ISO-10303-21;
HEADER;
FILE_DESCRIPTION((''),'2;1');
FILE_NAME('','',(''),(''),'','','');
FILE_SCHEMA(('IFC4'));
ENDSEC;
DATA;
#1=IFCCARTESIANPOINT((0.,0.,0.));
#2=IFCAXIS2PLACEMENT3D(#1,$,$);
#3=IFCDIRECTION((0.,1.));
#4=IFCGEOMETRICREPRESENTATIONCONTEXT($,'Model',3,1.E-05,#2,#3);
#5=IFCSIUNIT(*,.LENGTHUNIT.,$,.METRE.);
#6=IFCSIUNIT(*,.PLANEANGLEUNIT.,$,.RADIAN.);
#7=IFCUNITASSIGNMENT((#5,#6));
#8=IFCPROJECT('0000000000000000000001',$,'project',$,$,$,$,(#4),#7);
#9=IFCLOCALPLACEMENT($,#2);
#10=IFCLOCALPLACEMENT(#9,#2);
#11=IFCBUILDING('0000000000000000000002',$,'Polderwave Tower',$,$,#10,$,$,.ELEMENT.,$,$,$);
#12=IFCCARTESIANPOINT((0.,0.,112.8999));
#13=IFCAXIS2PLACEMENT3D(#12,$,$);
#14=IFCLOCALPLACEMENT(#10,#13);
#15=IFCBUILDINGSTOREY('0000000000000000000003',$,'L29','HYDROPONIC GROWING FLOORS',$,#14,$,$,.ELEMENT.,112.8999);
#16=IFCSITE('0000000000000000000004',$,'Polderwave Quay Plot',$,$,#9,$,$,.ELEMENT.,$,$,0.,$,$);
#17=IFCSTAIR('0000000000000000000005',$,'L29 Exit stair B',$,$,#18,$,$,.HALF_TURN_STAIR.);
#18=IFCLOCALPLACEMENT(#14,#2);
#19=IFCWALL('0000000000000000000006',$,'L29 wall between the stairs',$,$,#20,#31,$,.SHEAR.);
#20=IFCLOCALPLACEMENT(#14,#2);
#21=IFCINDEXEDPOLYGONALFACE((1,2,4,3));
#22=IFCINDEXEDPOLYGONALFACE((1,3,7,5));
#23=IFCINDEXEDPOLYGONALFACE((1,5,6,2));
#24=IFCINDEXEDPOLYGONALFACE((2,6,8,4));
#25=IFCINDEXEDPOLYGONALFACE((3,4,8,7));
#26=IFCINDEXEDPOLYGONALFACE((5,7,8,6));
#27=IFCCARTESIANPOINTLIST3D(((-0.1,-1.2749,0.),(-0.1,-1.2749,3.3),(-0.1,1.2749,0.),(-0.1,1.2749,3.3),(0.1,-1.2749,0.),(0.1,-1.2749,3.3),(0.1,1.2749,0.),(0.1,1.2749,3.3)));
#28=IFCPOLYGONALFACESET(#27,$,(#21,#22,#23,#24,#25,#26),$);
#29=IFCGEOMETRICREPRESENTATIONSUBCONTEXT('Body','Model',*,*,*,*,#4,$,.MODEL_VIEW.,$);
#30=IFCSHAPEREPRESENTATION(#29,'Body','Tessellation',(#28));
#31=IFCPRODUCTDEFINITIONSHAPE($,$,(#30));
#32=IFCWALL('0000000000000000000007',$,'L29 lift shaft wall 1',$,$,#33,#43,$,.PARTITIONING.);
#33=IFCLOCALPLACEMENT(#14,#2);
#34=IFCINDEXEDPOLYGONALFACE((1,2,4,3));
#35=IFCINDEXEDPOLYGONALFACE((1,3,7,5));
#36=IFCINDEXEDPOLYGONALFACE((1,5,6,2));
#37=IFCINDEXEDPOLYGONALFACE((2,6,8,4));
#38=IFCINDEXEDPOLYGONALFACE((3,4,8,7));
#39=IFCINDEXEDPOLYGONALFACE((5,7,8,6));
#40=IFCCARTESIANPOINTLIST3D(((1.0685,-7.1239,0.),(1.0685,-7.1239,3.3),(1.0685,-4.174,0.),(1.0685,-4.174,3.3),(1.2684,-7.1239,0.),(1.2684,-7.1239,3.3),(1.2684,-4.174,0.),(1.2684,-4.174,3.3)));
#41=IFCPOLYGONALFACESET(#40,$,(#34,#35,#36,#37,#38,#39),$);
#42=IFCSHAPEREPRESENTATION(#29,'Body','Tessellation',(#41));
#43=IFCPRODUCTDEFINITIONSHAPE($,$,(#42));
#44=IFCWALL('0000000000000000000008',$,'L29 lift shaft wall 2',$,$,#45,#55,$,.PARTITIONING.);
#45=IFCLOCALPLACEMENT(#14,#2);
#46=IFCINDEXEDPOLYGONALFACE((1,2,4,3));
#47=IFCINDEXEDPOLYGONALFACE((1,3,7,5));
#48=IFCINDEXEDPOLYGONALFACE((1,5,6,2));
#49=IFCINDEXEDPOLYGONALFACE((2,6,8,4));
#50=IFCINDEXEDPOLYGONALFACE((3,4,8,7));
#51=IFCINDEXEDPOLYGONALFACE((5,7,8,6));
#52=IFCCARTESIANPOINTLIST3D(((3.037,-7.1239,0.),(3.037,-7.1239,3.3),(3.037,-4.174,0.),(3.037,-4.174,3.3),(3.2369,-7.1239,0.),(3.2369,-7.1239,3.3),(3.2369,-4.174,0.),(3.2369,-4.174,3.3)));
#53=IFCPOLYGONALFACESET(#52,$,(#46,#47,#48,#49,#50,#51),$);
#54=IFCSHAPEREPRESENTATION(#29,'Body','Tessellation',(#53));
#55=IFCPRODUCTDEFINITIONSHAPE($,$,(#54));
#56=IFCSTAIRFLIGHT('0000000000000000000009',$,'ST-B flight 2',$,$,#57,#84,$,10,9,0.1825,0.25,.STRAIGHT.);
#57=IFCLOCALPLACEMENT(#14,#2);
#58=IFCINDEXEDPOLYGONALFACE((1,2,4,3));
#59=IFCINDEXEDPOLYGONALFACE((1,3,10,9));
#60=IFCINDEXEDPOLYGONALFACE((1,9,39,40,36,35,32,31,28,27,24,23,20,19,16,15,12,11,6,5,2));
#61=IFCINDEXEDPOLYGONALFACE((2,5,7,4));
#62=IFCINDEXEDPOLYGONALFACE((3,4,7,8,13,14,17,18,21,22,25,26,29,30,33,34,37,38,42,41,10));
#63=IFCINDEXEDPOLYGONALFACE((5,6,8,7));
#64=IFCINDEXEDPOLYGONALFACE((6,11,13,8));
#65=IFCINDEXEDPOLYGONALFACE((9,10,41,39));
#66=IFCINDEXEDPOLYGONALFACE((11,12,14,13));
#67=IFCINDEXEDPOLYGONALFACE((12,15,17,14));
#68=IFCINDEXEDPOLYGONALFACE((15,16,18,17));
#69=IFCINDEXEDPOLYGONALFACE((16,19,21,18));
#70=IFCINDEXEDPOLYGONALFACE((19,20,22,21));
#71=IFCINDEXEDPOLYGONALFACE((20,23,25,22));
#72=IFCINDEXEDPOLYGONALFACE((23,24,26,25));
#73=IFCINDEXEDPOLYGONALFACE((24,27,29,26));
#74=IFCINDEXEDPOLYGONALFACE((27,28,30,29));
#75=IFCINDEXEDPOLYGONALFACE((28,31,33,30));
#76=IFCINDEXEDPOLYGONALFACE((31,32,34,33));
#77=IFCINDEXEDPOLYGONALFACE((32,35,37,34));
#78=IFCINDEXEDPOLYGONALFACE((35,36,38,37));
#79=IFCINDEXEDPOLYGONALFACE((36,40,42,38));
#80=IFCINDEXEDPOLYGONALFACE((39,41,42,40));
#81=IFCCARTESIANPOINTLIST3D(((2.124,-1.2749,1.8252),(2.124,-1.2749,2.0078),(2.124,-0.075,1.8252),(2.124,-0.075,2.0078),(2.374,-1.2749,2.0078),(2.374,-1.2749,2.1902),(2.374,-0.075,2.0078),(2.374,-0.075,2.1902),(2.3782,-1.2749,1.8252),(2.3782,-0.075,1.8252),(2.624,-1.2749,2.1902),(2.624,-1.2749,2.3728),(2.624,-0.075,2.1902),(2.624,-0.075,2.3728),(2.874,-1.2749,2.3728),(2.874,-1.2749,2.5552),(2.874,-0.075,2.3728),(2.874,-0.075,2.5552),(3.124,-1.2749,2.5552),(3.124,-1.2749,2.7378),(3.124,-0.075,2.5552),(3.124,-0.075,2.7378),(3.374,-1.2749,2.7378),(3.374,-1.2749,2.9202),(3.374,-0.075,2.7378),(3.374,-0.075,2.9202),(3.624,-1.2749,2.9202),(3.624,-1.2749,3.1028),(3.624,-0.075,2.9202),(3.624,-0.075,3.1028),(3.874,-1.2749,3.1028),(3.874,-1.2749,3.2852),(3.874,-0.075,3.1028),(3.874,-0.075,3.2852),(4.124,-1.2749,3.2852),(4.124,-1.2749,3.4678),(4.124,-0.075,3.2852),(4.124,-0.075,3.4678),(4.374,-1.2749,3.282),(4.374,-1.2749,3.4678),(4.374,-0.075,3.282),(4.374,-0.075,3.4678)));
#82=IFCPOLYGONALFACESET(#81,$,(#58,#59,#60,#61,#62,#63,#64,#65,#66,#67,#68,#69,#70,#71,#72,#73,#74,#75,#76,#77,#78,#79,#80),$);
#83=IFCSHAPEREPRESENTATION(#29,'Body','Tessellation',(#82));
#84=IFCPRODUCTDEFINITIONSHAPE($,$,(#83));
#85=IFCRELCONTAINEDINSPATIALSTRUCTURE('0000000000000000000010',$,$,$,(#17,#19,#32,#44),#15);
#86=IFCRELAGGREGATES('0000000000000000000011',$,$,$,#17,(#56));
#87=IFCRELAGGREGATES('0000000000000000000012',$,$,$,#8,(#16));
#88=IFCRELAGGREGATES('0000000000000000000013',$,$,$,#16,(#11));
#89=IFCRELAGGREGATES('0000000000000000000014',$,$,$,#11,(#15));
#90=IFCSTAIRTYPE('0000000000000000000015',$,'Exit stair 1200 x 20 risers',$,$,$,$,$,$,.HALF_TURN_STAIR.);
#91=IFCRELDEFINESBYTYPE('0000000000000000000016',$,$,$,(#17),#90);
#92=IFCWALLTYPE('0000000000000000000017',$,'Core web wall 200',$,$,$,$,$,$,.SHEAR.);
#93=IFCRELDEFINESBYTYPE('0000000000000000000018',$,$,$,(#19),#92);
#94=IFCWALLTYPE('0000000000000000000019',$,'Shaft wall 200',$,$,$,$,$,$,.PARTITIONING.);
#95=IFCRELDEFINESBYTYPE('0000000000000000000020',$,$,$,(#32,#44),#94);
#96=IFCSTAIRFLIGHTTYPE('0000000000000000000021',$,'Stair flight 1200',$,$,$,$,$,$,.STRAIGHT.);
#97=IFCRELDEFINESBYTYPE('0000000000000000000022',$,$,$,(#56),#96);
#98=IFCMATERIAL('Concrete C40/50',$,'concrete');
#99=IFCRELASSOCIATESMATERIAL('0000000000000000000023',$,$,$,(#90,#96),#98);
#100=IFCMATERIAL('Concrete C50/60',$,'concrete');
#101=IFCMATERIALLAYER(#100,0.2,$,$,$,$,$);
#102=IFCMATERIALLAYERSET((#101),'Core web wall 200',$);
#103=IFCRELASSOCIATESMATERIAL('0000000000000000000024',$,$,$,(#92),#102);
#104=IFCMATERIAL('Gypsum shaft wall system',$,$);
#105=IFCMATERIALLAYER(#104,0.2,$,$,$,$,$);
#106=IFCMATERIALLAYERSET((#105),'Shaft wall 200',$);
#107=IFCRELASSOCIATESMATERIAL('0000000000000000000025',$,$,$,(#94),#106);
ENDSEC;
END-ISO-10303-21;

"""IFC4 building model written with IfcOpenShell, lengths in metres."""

from ifc_helpers import new_model, si_unit, direction, frame, frame_2d, origin, place, context, subcontext, project, spatial, polyline, rectangle, outline, extrude, material, layer, layer_set, type_object, element, aggregate, save


model = new_model("IFC4")

# Units and contexts
model_context = context("Model", 3, precision=1e-05, world=origin(), true_north=direction((0.0, 1.0)))
body_context = subcontext(model_context, "Body", "Model", "MODEL_VIEW")
ifc_project = project(units=[si_unit("LENGTHUNIT", "METRE"), si_unit("PLANEANGLEUNIT", "RADIAN")], contexts=[model_context])

# Site, building, storey
site_placement = place(None, origin())
site = spatial("IfcSite", under=ifc_project, at=site_placement, Name="Polderwave Quay Plot", CompositionType="ELEMENT", RefElevation=0.0)
building_placement = place(site_placement, origin())
building = spatial("IfcBuilding", under=site, at=building_placement, Name="Polderwave Tower", CompositionType="ELEMENT")
storey_placement = place(building_placement, frame((0.0, 0.0, 112.8999)))
storey = spatial("IfcBuildingStorey", under=building, at=storey_placement, Name="L29", Description="HYDROPONIC GROWING FLOORS", CompositionType="ELEMENT", Elevation=112.8999)

# Shared definitions
ifc_material_1 = material(Name="Concrete C40/50", Category="concrete")

# Stair
stair_type = type_object("IfcStairType", Name="Exit stair 1200 x 20 risers", PredefinedType="HALF_TURN_STAIR", material=ifc_material_1)
stair_1_placement = place(storey_placement, origin())
stair_1 = element("IfcStair", 1, at=stair_1_placement, inside=storey, type_object=stair_type, Name="L29 Exit stair B", PredefinedType="HALF_TURN_STAIR")

# Walls
ifc_material_2 = material(Name="Concrete C50/60", Category="concrete")
ifc_layer_1 = layer(ifc_material_2, 0.2)
ifc_layer_set_1 = layer_set([ifc_layer_1], Name="Core web wall 200")
wall_type_1 = type_object("IfcWallType", Name="Core web wall 200", PredefinedType="SHEAR", material=ifc_layer_set_1)
wall_1_placement = place(storey_placement, frame((0.0, -1.2749, 0.0), z_axis=(0.0, 0.0, 1.0), x_axis=(0.0, 1.0, 0.0)))
element("IfcWall", 2, at=wall_1_placement, inside=storey, type_object=wall_type_1, Name="L29 wall between the stairs", PredefinedType="SHEAR", context=body_context, shape_type="SweptSolid", body=[
    extrude(rectangle(XDim=2.5498, YDim=0.2, at=frame_2d((1.2749, 0.0))), origin(), (0.0, 0.0, 1.0), 3.3),
])
ifc_material_3 = material(Name="Gypsum shaft wall system")
ifc_layer_2 = layer(ifc_material_3, 0.2)
ifc_layer_set_2 = layer_set([ifc_layer_2], Name="Shaft wall 200")
wall_type_2 = type_object("IfcWallType", Name="Shaft wall 200", PredefinedType="PARTITIONING", material=ifc_layer_set_2)
for number, where, z_axis, x_axis, name in (
    (3, (1.1685, -7.124, 0.0), (0.0, 0.0, 1.0), (0.0, 1.0, 0.0), "L29 lift shaft wall 1"),
    (4, (3.137, -7.124, 0.0), (0.0, 0.0, 1.0), (0.0, 1.0, 0.0), "L29 lift shaft wall 2"),
):
    element("IfcWall", number, at=place(storey_placement, frame(where, z_axis=z_axis, x_axis=x_axis)), inside=storey, type_object=wall_type_2, Name=name, PredefinedType="PARTITIONING", context=body_context, shape_type="SweptSolid", body=[
        extrude(rectangle(XDim=2.95, YDim=0.2, at=frame_2d((1.4751, 0.0))), origin(), (0.0, 0.0, 1.0), 3.3),
    ])

# Stair flight
stair_flight_type = type_object("IfcStairFlightType", Name="Stair flight 1200", PredefinedType="STRAIGHT", material=ifc_material_1)
stair_flight_placement = place(storey_placement, frame((2.124, -0.675, 1.8252), z_axis=(0.0, 0.0, 1.0), x_axis=(1.0, 0.0, 0.0)))
stair_flight = element("IfcStairFlight", 5, at=stair_flight_placement, type_object=stair_flight_type, Name="ST-B flight 2", NumberOfRisers=10, NumberOfTreads=9, PredefinedType="STRAIGHT", RiserHeight=0.1825, TreadLength=0.25, context=body_context, shape_type="SweptSolid", body=[
    extrude(outline(polyline([(0.0, 0.0), (0.0, 0.1826), (0.25, 0.1826), (0.25, 0.365), (0.5, 0.365), (0.5, 0.5476), (0.75, 0.5476), (0.75, 0.73), (1.0, 0.73), (1.0, 0.9126), (1.25, 0.9126), (1.25, 1.095), (1.5, 1.095), (1.5, 1.2776), (1.75, 1.2776), (1.75, 1.46), (2.0, 1.46), (2.0, 1.6426), (2.25, 1.6426), (2.25, 1.825), (2.25, 1.4568), (0.2542, 0.0), (0.0, 0.0)])), frame((0.0, 0.6001, 0.0), z_axis=(0.0, -1.0, 0.0), x_axis=(1.0, 0.0, 0.0)), (0.0, 0.0, 1.0), 1.2),
])
aggregate(stair_1, [stair_flight])

save(model, "model.ifc")
